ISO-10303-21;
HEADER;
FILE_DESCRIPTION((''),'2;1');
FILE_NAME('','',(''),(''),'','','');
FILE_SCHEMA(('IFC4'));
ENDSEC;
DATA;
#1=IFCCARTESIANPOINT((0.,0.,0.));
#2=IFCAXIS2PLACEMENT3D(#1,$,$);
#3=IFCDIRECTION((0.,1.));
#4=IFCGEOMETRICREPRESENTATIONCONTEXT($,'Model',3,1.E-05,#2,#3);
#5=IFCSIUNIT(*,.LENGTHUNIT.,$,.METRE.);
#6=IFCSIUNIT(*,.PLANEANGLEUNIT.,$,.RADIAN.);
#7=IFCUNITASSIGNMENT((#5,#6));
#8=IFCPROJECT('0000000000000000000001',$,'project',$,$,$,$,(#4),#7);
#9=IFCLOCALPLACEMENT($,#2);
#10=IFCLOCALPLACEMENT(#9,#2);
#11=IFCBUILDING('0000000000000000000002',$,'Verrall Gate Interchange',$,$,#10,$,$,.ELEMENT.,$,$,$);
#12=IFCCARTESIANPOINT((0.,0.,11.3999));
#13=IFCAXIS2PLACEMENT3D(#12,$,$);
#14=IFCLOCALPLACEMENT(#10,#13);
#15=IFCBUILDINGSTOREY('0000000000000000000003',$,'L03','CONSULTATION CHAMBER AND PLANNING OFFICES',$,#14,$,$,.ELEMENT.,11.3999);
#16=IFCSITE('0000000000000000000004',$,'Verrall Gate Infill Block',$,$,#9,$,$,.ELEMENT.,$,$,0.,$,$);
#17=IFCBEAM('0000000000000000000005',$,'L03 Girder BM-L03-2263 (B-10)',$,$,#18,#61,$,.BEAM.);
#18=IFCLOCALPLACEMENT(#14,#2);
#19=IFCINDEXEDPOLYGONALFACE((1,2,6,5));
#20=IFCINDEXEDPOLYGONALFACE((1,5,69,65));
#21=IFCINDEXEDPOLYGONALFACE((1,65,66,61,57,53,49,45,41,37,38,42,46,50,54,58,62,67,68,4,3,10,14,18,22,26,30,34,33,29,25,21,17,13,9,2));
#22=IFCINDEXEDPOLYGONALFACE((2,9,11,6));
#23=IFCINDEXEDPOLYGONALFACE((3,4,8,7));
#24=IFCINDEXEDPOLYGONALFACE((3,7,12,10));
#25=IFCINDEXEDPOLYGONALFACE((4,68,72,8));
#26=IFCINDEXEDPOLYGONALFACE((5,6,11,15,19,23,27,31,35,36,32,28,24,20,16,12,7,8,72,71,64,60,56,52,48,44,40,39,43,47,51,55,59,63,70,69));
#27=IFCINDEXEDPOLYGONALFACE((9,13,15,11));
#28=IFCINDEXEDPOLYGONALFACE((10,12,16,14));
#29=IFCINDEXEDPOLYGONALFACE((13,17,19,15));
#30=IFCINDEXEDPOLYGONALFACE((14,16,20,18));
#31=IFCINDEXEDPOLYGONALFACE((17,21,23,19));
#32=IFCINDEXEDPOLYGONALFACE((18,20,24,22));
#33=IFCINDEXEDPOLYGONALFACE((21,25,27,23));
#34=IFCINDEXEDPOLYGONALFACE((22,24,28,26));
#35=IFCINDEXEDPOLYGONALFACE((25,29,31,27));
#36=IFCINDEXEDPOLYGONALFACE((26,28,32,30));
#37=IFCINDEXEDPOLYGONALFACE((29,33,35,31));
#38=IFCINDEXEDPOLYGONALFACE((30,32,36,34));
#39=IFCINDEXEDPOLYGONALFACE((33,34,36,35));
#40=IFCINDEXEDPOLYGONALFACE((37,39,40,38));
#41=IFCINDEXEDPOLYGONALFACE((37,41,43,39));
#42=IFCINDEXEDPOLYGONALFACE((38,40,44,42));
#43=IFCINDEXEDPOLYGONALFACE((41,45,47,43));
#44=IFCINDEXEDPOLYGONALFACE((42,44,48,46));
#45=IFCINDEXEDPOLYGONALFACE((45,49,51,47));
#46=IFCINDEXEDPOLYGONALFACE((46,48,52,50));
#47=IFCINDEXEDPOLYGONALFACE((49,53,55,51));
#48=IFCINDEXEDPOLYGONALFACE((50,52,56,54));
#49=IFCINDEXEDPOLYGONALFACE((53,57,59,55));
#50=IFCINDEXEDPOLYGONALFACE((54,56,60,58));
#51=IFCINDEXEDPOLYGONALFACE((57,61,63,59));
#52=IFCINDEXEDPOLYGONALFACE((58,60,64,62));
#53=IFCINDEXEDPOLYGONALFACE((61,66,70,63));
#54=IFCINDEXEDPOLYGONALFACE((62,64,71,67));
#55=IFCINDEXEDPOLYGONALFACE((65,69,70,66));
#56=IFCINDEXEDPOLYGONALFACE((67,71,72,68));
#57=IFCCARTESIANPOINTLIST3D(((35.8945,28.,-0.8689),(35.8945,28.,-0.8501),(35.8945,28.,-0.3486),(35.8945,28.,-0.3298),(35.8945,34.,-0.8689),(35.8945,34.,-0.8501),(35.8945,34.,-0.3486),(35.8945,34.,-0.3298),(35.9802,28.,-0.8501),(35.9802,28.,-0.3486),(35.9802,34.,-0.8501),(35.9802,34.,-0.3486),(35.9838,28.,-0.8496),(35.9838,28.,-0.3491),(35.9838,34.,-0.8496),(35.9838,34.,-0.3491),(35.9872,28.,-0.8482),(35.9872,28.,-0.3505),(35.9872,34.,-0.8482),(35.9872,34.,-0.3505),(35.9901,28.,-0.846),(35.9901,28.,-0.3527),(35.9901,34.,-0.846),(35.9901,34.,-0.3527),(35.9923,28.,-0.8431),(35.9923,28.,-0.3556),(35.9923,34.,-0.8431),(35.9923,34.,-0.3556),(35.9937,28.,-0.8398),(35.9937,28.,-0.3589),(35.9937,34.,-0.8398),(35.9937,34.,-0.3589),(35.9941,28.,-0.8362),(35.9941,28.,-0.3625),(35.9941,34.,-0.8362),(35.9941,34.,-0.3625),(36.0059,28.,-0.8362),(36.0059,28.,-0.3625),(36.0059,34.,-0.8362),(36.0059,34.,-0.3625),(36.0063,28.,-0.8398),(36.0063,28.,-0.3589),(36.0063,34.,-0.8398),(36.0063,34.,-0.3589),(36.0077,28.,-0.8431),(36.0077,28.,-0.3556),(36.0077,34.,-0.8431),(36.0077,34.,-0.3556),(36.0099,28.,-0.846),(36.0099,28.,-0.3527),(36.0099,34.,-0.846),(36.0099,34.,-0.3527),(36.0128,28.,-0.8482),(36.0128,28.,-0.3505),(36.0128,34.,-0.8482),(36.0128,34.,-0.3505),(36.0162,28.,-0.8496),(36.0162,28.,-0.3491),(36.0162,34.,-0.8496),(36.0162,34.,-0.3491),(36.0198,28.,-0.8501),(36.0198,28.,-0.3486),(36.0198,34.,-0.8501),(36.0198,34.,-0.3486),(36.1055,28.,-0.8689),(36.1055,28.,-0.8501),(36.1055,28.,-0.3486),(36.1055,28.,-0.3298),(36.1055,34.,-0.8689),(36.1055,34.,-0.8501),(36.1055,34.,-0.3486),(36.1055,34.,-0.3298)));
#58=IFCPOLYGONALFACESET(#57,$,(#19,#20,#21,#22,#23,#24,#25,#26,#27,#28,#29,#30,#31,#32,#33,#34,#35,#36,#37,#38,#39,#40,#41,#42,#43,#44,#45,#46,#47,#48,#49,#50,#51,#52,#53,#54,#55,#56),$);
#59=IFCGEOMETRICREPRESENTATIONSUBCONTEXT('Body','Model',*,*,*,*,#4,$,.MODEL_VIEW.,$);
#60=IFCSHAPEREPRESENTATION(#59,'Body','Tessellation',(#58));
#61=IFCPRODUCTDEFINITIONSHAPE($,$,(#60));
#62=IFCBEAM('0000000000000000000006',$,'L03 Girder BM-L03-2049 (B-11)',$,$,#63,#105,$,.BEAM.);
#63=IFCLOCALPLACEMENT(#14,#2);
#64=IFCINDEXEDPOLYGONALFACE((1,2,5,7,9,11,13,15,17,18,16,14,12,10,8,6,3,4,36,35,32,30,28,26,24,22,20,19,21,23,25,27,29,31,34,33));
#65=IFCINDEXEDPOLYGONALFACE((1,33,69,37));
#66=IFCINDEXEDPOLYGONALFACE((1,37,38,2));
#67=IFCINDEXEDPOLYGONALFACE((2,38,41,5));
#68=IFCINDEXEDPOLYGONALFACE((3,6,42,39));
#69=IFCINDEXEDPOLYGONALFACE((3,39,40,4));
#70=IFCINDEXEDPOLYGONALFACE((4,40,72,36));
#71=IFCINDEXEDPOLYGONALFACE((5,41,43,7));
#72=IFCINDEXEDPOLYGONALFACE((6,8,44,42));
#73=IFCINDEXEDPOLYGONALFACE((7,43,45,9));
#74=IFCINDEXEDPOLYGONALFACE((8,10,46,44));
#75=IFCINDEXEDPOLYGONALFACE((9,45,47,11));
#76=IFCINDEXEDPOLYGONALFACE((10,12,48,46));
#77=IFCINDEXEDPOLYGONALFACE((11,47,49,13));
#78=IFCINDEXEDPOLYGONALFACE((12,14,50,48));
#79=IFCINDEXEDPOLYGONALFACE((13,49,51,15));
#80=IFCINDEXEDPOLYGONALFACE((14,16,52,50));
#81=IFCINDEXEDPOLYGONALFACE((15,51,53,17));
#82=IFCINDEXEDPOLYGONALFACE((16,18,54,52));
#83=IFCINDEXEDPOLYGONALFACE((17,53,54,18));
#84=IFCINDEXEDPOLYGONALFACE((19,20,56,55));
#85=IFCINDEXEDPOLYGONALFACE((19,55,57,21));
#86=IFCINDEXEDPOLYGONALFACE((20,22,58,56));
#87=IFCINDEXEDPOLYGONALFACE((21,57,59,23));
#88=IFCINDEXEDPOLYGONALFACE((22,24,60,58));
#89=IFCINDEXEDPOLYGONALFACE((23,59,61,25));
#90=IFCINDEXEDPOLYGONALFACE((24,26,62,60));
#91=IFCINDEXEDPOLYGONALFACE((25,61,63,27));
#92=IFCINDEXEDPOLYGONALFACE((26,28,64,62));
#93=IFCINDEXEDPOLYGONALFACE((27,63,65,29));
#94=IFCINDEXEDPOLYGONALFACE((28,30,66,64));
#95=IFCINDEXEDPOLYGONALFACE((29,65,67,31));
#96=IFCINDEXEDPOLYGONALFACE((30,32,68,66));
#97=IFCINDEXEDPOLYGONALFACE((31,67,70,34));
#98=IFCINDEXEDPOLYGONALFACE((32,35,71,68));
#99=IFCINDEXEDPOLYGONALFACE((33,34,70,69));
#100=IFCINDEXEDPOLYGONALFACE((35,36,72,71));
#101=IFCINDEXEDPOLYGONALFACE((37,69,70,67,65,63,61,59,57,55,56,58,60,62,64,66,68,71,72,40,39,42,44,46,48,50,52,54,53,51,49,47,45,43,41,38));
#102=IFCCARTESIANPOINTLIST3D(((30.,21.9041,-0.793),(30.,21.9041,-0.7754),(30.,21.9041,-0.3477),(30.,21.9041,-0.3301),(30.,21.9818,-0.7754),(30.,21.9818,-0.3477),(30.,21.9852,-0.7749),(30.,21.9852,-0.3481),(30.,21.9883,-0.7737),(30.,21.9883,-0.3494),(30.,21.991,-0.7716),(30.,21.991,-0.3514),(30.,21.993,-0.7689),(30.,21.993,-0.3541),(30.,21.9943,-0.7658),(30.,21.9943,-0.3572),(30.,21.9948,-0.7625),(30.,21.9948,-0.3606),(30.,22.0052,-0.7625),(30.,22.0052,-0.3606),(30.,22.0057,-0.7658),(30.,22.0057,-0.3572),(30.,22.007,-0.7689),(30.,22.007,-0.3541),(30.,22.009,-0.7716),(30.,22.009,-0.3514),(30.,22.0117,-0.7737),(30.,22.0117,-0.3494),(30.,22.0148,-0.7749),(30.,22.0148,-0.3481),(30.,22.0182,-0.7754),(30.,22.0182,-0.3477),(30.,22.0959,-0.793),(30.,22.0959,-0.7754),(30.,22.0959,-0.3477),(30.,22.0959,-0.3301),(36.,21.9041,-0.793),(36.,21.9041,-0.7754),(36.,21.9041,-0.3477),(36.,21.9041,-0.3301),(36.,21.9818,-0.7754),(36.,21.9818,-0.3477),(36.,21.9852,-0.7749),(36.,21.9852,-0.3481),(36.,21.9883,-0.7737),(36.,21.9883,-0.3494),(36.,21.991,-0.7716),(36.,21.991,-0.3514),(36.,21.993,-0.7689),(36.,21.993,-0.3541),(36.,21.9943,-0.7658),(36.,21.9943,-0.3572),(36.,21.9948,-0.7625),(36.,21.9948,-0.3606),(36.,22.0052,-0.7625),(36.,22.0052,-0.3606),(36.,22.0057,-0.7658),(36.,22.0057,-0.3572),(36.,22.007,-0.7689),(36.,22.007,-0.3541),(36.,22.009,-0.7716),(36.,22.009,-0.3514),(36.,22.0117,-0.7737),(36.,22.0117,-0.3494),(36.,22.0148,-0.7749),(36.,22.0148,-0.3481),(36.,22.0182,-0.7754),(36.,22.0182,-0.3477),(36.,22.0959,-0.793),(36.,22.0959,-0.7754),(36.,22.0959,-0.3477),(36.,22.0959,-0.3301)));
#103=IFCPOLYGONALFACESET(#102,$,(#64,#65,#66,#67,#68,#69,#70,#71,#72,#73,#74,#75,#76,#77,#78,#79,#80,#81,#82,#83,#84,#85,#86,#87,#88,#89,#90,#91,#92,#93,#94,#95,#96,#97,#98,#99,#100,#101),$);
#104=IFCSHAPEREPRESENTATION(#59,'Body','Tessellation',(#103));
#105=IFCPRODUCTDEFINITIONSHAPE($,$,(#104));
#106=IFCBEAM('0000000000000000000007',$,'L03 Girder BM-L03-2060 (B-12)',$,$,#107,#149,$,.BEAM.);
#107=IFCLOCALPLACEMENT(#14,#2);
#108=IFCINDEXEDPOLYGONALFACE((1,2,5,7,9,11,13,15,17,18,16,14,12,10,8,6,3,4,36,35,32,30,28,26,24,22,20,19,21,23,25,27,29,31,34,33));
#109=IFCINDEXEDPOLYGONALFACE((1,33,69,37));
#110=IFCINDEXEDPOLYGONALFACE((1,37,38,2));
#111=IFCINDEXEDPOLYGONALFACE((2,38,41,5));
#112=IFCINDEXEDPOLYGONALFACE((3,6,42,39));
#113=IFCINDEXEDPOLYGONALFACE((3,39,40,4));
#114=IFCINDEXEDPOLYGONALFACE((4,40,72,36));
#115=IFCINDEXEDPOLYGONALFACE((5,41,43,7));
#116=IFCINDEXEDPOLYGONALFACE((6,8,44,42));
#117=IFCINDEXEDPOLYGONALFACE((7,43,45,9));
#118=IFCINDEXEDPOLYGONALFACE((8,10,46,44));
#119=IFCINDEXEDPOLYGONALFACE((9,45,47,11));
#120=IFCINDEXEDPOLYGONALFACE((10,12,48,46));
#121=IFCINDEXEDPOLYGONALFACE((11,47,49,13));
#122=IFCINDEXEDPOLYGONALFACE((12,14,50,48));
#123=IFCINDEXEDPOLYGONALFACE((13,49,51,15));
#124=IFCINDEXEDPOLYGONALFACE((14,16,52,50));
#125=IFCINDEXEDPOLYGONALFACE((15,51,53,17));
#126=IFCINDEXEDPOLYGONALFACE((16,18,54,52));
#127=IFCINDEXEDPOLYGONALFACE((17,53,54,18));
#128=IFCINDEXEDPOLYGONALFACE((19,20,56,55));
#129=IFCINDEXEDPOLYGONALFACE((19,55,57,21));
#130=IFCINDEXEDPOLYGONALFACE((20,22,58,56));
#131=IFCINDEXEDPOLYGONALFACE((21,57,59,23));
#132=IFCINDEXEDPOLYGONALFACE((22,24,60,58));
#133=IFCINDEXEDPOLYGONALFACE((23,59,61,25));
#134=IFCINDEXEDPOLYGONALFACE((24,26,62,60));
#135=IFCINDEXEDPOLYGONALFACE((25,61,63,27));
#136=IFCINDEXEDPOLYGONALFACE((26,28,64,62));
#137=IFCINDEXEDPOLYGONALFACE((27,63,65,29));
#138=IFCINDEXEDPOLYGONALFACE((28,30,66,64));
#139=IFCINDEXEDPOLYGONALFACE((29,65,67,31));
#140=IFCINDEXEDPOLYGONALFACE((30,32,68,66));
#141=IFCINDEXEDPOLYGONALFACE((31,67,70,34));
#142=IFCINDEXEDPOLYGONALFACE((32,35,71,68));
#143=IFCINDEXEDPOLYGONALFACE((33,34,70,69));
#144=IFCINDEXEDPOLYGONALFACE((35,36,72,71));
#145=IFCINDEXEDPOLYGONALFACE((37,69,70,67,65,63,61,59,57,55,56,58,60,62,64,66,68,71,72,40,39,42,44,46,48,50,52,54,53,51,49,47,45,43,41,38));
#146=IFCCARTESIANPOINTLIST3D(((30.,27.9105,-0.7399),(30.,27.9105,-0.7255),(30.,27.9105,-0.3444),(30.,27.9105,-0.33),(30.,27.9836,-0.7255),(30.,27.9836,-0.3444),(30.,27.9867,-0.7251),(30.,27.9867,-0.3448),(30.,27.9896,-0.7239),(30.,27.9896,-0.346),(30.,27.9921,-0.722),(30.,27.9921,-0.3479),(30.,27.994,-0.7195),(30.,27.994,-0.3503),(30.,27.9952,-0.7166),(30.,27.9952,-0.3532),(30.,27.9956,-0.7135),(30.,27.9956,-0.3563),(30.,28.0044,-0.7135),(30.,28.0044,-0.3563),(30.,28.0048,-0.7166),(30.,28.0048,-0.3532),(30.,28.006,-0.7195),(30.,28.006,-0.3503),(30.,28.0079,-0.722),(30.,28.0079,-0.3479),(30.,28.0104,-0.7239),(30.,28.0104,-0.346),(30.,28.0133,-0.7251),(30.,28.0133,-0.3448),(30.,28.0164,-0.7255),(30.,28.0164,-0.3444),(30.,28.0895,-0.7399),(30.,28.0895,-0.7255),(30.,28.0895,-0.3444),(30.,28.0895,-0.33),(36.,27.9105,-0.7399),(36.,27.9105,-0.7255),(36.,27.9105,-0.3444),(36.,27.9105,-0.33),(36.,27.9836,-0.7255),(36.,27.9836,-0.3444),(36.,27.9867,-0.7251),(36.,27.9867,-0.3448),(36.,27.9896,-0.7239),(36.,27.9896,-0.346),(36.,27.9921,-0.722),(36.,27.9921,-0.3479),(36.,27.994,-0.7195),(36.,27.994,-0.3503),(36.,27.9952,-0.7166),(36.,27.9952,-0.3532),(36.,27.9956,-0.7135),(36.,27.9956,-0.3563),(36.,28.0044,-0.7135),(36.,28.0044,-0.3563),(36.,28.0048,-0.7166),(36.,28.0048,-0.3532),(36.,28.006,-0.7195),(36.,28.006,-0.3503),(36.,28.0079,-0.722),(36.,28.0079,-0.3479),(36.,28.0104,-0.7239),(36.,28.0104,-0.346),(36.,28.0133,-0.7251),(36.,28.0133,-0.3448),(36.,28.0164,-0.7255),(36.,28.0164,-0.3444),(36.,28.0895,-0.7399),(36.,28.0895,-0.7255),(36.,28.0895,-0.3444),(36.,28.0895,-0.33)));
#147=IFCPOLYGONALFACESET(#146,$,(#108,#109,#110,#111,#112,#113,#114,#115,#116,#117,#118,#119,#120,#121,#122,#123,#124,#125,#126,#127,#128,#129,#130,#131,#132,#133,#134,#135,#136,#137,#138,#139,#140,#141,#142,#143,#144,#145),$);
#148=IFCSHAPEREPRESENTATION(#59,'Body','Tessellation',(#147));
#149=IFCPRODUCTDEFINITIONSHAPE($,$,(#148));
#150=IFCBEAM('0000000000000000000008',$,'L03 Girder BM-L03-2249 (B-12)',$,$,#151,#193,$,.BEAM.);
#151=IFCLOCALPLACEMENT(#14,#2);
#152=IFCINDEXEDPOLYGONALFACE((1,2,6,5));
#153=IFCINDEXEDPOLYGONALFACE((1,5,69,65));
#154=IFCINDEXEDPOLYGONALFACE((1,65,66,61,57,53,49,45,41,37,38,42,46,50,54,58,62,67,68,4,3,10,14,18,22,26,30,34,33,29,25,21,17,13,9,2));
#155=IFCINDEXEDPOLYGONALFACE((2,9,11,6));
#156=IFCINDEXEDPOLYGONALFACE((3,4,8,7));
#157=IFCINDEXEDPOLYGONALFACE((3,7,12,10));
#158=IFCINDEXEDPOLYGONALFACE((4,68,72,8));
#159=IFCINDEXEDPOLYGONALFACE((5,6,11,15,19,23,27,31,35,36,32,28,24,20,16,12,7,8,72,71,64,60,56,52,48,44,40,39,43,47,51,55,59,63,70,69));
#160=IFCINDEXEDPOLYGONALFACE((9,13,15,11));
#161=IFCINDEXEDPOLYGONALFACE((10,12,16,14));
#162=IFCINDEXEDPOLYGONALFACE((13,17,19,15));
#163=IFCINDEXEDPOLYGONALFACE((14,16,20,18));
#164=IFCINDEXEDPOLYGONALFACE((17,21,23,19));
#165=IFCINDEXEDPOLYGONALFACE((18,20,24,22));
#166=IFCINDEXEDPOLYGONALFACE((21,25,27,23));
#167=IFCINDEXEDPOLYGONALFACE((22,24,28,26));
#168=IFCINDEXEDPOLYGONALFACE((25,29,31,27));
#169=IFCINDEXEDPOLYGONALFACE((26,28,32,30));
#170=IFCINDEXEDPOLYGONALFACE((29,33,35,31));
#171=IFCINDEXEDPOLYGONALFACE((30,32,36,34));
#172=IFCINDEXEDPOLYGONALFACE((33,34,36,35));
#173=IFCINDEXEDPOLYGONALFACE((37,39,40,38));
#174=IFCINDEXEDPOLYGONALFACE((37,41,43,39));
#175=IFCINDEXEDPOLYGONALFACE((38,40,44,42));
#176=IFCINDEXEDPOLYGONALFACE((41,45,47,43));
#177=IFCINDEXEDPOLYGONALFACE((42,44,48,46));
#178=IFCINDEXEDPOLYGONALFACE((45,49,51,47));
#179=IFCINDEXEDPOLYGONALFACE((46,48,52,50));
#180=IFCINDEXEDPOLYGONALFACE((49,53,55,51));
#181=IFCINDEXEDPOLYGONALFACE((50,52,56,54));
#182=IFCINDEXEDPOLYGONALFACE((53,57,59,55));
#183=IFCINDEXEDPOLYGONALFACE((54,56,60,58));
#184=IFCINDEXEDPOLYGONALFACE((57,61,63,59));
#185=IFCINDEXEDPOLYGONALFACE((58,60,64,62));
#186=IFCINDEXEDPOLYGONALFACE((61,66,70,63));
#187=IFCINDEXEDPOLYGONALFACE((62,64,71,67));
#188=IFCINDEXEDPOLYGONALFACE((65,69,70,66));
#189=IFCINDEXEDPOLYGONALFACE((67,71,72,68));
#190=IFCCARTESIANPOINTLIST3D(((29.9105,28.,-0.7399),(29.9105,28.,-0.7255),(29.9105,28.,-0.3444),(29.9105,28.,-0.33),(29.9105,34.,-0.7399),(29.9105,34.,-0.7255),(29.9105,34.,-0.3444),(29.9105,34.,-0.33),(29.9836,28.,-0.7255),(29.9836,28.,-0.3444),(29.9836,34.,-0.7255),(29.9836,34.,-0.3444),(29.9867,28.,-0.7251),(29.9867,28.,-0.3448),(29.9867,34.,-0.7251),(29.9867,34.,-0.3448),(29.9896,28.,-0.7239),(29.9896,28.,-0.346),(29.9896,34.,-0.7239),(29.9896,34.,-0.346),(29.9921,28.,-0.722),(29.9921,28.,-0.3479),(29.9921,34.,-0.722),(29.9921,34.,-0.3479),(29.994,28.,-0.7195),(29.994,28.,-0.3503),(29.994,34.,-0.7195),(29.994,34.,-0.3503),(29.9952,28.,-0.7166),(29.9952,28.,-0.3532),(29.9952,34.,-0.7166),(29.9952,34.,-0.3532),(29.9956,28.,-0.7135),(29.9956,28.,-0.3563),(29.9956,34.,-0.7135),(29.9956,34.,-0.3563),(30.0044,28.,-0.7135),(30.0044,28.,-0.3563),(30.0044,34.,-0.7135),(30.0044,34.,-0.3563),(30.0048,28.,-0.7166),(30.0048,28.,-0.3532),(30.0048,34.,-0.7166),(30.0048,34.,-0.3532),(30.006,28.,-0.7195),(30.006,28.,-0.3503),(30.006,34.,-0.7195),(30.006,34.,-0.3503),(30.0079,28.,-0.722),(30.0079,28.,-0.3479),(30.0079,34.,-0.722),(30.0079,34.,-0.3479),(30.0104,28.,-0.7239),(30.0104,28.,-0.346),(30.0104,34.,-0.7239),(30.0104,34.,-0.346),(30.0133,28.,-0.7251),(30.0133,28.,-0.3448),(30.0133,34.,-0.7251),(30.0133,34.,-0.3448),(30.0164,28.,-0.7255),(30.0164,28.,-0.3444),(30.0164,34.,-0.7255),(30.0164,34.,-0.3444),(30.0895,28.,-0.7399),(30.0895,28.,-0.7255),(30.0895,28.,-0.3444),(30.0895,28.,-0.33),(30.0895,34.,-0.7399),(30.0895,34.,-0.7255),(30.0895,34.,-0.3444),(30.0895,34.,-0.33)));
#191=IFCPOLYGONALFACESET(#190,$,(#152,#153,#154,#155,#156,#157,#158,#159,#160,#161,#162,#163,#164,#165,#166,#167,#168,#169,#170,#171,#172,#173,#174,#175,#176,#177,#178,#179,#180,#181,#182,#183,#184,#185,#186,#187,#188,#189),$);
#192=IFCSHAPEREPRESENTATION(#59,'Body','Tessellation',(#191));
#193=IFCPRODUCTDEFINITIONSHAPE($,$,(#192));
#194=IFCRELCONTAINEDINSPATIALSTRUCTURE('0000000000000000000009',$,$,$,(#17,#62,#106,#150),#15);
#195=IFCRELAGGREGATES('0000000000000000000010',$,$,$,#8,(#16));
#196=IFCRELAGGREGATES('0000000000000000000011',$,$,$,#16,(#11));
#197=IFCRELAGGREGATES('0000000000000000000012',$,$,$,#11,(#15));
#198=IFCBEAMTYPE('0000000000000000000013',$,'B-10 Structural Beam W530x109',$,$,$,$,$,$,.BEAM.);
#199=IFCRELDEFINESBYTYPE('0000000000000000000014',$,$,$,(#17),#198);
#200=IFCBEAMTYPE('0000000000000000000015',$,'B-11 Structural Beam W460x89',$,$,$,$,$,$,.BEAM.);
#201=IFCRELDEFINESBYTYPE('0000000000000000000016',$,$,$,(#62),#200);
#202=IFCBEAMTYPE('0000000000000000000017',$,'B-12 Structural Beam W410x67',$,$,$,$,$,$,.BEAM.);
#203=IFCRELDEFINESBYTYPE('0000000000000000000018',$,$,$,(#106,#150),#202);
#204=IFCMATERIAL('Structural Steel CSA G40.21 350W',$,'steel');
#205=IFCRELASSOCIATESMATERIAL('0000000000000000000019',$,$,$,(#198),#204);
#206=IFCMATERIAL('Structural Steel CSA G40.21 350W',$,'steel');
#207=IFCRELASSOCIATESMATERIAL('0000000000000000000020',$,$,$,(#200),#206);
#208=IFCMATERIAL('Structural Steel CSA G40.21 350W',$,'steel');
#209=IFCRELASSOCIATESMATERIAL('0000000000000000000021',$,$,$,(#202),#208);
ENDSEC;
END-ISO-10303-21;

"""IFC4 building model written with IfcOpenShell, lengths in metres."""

from ifc_helpers import new_model, si_unit, direction, frame, origin, origin_2d, place, context, subcontext, project, spatial, i_section, extrude, material, material_profile, profile_set, type_object, element, save


model = new_model("IFC4")

# Units and contexts
model_context = context("Model", 3, precision=1e-05, world=origin(), true_north=direction((0.0, 1.0)))
body_context = subcontext(model_context, "Body", "Model", "MODEL_VIEW")
ifc_project = project(units=[si_unit("LENGTHUNIT", "METRE"), si_unit("PLANEANGLEUNIT", "RADIAN")], contexts=[model_context])

# Site, building, storey
site_placement = place(None, origin())
site = spatial("IfcSite", under=ifc_project, at=site_placement, Name="Verrall Gate Infill Block", CompositionType="ELEMENT", RefElevation=0.0)
building_placement = place(site_placement, origin())
building = spatial("IfcBuilding", under=site, at=building_placement, Name="Verrall Gate Interchange", CompositionType="ELEMENT")
storey_placement = place(building_placement, frame((0.0, 0.0, 11.3999)))
storey = spatial("IfcBuildingStorey", under=building, at=storey_placement, Name="L03", Description="CONSULTATION CHAMBER AND PLANNING OFFICES", CompositionType="ELEMENT", Elevation=11.3999)

# Beams
ifc_material_1 = material(Name="Structural Steel CSA G40.21 350W", Category="steel")
ifc_material_profile_1 = material_profile(ifc_material_1, i_section(OverallWidth=0.2109, OverallDepth=0.5391, WebThickness=0.0117, FlangeThickness=0.0188, FilletRadius=0.0139, at=origin_2d()), Name="W530x109")
ifc_profile_set_1 = profile_set([ifc_material_profile_1], Name="Structural Steel CSA G40.21 350W")
beam_type_1 = type_object("IfcBeamType", Name="B-10 Structural Beam W530x109", PredefinedType="BEAM", material=ifc_profile_set_1)
for number, where, z_axis, x_axis, name in (
    (1, (36.0, 28.0, -0.5994), (0.0, 1.0, 0.0), (-1.0, 0.0, 0.0), "L03 Girder BM-L03-2263 (B-10)"),
):
    element("IfcBeam", number, at=place(storey_placement, frame(where, z_axis=z_axis, x_axis=x_axis)), inside=storey, type_object=beam_type_1, Name=name, PredefinedType="BEAM", context=body_context, shape_type="SweptSolid", body=[
        extrude(i_section(OverallWidth=0.2109, OverallDepth=0.5391, WebThickness=0.0117, FlangeThickness=0.0188, FilletRadius=0.0139, at=origin_2d()), origin(), (0.0, 0.0, 1.0), 6.0),
    ])
ifc_material_2 = material(Name="Structural Steel CSA G40.21 350W", Category="steel")
ifc_material_profile_2 = material_profile(ifc_material_2, i_section(OverallWidth=0.1919, OverallDepth=0.4629, WebThickness=0.0105, FlangeThickness=0.0176, FilletRadius=0.0129, at=origin_2d()), Name="W460x89")
ifc_profile_set_2 = profile_set([ifc_material_profile_2], Name="Structural Steel CSA G40.21 350W")
beam_type_2 = type_object("IfcBeamType", Name="B-11 Structural Beam W460x89", PredefinedType="BEAM", material=ifc_profile_set_2)
beam_1_placement = place(storey_placement, frame((30.0, 22.0, -0.5615), z_axis=(1.0, 0.0, 0.0), x_axis=(0.0, 1.0, 0.0)))
element("IfcBeam", 2, at=beam_1_placement, inside=storey, type_object=beam_type_2, Name="L03 Girder BM-L03-2049 (B-11)", PredefinedType="BEAM", context=body_context, shape_type="SweptSolid", body=[
    extrude(i_section(OverallWidth=0.1919, OverallDepth=0.4629, WebThickness=0.0105, FlangeThickness=0.0176, FilletRadius=0.0129, at=origin_2d()), origin(), (0.0, 0.0, 1.0), 6.0),
])
ifc_material_3 = material(Name="Structural Steel CSA G40.21 350W", Category="steel")
ifc_material_profile_3 = material_profile(ifc_material_3, i_section(OverallWidth=0.179, OverallDepth=0.4099, WebThickness=0.0088, FlangeThickness=0.0144, FilletRadius=0.012, at=origin_2d()), Name="W410x67")
ifc_profile_set_3 = profile_set([ifc_material_profile_3], Name="Structural Steel CSA G40.21 350W")
beam_type_3 = type_object("IfcBeamType", Name="B-12 Structural Beam W410x67", PredefinedType="BEAM", material=ifc_profile_set_3)
for number, where, z_axis, x_axis, name in (
    (3, (30.0, 28.0, -0.5349), (1.0, 0.0, 0.0), (0.0, 1.0, 0.0), "L03 Girder BM-L03-2060 (B-12)"),
    (4, (30.0, 28.0, -0.5349), (0.0, 1.0, 0.0), (-1.0, 0.0, 0.0), "L03 Girder BM-L03-2249 (B-12)"),
):
    element("IfcBeam", number, at=place(storey_placement, frame(where, z_axis=z_axis, x_axis=x_axis)), inside=storey, type_object=beam_type_3, Name=name, PredefinedType="BEAM", context=body_context, shape_type="SweptSolid", body=[
        extrude(i_section(OverallWidth=0.179, OverallDepth=0.4099, WebThickness=0.0088, FlangeThickness=0.0144, FilletRadius=0.012, at=origin_2d()), origin(), (0.0, 0.0, 1.0), 6.0),
    ])

save(model, "model.ifc")
